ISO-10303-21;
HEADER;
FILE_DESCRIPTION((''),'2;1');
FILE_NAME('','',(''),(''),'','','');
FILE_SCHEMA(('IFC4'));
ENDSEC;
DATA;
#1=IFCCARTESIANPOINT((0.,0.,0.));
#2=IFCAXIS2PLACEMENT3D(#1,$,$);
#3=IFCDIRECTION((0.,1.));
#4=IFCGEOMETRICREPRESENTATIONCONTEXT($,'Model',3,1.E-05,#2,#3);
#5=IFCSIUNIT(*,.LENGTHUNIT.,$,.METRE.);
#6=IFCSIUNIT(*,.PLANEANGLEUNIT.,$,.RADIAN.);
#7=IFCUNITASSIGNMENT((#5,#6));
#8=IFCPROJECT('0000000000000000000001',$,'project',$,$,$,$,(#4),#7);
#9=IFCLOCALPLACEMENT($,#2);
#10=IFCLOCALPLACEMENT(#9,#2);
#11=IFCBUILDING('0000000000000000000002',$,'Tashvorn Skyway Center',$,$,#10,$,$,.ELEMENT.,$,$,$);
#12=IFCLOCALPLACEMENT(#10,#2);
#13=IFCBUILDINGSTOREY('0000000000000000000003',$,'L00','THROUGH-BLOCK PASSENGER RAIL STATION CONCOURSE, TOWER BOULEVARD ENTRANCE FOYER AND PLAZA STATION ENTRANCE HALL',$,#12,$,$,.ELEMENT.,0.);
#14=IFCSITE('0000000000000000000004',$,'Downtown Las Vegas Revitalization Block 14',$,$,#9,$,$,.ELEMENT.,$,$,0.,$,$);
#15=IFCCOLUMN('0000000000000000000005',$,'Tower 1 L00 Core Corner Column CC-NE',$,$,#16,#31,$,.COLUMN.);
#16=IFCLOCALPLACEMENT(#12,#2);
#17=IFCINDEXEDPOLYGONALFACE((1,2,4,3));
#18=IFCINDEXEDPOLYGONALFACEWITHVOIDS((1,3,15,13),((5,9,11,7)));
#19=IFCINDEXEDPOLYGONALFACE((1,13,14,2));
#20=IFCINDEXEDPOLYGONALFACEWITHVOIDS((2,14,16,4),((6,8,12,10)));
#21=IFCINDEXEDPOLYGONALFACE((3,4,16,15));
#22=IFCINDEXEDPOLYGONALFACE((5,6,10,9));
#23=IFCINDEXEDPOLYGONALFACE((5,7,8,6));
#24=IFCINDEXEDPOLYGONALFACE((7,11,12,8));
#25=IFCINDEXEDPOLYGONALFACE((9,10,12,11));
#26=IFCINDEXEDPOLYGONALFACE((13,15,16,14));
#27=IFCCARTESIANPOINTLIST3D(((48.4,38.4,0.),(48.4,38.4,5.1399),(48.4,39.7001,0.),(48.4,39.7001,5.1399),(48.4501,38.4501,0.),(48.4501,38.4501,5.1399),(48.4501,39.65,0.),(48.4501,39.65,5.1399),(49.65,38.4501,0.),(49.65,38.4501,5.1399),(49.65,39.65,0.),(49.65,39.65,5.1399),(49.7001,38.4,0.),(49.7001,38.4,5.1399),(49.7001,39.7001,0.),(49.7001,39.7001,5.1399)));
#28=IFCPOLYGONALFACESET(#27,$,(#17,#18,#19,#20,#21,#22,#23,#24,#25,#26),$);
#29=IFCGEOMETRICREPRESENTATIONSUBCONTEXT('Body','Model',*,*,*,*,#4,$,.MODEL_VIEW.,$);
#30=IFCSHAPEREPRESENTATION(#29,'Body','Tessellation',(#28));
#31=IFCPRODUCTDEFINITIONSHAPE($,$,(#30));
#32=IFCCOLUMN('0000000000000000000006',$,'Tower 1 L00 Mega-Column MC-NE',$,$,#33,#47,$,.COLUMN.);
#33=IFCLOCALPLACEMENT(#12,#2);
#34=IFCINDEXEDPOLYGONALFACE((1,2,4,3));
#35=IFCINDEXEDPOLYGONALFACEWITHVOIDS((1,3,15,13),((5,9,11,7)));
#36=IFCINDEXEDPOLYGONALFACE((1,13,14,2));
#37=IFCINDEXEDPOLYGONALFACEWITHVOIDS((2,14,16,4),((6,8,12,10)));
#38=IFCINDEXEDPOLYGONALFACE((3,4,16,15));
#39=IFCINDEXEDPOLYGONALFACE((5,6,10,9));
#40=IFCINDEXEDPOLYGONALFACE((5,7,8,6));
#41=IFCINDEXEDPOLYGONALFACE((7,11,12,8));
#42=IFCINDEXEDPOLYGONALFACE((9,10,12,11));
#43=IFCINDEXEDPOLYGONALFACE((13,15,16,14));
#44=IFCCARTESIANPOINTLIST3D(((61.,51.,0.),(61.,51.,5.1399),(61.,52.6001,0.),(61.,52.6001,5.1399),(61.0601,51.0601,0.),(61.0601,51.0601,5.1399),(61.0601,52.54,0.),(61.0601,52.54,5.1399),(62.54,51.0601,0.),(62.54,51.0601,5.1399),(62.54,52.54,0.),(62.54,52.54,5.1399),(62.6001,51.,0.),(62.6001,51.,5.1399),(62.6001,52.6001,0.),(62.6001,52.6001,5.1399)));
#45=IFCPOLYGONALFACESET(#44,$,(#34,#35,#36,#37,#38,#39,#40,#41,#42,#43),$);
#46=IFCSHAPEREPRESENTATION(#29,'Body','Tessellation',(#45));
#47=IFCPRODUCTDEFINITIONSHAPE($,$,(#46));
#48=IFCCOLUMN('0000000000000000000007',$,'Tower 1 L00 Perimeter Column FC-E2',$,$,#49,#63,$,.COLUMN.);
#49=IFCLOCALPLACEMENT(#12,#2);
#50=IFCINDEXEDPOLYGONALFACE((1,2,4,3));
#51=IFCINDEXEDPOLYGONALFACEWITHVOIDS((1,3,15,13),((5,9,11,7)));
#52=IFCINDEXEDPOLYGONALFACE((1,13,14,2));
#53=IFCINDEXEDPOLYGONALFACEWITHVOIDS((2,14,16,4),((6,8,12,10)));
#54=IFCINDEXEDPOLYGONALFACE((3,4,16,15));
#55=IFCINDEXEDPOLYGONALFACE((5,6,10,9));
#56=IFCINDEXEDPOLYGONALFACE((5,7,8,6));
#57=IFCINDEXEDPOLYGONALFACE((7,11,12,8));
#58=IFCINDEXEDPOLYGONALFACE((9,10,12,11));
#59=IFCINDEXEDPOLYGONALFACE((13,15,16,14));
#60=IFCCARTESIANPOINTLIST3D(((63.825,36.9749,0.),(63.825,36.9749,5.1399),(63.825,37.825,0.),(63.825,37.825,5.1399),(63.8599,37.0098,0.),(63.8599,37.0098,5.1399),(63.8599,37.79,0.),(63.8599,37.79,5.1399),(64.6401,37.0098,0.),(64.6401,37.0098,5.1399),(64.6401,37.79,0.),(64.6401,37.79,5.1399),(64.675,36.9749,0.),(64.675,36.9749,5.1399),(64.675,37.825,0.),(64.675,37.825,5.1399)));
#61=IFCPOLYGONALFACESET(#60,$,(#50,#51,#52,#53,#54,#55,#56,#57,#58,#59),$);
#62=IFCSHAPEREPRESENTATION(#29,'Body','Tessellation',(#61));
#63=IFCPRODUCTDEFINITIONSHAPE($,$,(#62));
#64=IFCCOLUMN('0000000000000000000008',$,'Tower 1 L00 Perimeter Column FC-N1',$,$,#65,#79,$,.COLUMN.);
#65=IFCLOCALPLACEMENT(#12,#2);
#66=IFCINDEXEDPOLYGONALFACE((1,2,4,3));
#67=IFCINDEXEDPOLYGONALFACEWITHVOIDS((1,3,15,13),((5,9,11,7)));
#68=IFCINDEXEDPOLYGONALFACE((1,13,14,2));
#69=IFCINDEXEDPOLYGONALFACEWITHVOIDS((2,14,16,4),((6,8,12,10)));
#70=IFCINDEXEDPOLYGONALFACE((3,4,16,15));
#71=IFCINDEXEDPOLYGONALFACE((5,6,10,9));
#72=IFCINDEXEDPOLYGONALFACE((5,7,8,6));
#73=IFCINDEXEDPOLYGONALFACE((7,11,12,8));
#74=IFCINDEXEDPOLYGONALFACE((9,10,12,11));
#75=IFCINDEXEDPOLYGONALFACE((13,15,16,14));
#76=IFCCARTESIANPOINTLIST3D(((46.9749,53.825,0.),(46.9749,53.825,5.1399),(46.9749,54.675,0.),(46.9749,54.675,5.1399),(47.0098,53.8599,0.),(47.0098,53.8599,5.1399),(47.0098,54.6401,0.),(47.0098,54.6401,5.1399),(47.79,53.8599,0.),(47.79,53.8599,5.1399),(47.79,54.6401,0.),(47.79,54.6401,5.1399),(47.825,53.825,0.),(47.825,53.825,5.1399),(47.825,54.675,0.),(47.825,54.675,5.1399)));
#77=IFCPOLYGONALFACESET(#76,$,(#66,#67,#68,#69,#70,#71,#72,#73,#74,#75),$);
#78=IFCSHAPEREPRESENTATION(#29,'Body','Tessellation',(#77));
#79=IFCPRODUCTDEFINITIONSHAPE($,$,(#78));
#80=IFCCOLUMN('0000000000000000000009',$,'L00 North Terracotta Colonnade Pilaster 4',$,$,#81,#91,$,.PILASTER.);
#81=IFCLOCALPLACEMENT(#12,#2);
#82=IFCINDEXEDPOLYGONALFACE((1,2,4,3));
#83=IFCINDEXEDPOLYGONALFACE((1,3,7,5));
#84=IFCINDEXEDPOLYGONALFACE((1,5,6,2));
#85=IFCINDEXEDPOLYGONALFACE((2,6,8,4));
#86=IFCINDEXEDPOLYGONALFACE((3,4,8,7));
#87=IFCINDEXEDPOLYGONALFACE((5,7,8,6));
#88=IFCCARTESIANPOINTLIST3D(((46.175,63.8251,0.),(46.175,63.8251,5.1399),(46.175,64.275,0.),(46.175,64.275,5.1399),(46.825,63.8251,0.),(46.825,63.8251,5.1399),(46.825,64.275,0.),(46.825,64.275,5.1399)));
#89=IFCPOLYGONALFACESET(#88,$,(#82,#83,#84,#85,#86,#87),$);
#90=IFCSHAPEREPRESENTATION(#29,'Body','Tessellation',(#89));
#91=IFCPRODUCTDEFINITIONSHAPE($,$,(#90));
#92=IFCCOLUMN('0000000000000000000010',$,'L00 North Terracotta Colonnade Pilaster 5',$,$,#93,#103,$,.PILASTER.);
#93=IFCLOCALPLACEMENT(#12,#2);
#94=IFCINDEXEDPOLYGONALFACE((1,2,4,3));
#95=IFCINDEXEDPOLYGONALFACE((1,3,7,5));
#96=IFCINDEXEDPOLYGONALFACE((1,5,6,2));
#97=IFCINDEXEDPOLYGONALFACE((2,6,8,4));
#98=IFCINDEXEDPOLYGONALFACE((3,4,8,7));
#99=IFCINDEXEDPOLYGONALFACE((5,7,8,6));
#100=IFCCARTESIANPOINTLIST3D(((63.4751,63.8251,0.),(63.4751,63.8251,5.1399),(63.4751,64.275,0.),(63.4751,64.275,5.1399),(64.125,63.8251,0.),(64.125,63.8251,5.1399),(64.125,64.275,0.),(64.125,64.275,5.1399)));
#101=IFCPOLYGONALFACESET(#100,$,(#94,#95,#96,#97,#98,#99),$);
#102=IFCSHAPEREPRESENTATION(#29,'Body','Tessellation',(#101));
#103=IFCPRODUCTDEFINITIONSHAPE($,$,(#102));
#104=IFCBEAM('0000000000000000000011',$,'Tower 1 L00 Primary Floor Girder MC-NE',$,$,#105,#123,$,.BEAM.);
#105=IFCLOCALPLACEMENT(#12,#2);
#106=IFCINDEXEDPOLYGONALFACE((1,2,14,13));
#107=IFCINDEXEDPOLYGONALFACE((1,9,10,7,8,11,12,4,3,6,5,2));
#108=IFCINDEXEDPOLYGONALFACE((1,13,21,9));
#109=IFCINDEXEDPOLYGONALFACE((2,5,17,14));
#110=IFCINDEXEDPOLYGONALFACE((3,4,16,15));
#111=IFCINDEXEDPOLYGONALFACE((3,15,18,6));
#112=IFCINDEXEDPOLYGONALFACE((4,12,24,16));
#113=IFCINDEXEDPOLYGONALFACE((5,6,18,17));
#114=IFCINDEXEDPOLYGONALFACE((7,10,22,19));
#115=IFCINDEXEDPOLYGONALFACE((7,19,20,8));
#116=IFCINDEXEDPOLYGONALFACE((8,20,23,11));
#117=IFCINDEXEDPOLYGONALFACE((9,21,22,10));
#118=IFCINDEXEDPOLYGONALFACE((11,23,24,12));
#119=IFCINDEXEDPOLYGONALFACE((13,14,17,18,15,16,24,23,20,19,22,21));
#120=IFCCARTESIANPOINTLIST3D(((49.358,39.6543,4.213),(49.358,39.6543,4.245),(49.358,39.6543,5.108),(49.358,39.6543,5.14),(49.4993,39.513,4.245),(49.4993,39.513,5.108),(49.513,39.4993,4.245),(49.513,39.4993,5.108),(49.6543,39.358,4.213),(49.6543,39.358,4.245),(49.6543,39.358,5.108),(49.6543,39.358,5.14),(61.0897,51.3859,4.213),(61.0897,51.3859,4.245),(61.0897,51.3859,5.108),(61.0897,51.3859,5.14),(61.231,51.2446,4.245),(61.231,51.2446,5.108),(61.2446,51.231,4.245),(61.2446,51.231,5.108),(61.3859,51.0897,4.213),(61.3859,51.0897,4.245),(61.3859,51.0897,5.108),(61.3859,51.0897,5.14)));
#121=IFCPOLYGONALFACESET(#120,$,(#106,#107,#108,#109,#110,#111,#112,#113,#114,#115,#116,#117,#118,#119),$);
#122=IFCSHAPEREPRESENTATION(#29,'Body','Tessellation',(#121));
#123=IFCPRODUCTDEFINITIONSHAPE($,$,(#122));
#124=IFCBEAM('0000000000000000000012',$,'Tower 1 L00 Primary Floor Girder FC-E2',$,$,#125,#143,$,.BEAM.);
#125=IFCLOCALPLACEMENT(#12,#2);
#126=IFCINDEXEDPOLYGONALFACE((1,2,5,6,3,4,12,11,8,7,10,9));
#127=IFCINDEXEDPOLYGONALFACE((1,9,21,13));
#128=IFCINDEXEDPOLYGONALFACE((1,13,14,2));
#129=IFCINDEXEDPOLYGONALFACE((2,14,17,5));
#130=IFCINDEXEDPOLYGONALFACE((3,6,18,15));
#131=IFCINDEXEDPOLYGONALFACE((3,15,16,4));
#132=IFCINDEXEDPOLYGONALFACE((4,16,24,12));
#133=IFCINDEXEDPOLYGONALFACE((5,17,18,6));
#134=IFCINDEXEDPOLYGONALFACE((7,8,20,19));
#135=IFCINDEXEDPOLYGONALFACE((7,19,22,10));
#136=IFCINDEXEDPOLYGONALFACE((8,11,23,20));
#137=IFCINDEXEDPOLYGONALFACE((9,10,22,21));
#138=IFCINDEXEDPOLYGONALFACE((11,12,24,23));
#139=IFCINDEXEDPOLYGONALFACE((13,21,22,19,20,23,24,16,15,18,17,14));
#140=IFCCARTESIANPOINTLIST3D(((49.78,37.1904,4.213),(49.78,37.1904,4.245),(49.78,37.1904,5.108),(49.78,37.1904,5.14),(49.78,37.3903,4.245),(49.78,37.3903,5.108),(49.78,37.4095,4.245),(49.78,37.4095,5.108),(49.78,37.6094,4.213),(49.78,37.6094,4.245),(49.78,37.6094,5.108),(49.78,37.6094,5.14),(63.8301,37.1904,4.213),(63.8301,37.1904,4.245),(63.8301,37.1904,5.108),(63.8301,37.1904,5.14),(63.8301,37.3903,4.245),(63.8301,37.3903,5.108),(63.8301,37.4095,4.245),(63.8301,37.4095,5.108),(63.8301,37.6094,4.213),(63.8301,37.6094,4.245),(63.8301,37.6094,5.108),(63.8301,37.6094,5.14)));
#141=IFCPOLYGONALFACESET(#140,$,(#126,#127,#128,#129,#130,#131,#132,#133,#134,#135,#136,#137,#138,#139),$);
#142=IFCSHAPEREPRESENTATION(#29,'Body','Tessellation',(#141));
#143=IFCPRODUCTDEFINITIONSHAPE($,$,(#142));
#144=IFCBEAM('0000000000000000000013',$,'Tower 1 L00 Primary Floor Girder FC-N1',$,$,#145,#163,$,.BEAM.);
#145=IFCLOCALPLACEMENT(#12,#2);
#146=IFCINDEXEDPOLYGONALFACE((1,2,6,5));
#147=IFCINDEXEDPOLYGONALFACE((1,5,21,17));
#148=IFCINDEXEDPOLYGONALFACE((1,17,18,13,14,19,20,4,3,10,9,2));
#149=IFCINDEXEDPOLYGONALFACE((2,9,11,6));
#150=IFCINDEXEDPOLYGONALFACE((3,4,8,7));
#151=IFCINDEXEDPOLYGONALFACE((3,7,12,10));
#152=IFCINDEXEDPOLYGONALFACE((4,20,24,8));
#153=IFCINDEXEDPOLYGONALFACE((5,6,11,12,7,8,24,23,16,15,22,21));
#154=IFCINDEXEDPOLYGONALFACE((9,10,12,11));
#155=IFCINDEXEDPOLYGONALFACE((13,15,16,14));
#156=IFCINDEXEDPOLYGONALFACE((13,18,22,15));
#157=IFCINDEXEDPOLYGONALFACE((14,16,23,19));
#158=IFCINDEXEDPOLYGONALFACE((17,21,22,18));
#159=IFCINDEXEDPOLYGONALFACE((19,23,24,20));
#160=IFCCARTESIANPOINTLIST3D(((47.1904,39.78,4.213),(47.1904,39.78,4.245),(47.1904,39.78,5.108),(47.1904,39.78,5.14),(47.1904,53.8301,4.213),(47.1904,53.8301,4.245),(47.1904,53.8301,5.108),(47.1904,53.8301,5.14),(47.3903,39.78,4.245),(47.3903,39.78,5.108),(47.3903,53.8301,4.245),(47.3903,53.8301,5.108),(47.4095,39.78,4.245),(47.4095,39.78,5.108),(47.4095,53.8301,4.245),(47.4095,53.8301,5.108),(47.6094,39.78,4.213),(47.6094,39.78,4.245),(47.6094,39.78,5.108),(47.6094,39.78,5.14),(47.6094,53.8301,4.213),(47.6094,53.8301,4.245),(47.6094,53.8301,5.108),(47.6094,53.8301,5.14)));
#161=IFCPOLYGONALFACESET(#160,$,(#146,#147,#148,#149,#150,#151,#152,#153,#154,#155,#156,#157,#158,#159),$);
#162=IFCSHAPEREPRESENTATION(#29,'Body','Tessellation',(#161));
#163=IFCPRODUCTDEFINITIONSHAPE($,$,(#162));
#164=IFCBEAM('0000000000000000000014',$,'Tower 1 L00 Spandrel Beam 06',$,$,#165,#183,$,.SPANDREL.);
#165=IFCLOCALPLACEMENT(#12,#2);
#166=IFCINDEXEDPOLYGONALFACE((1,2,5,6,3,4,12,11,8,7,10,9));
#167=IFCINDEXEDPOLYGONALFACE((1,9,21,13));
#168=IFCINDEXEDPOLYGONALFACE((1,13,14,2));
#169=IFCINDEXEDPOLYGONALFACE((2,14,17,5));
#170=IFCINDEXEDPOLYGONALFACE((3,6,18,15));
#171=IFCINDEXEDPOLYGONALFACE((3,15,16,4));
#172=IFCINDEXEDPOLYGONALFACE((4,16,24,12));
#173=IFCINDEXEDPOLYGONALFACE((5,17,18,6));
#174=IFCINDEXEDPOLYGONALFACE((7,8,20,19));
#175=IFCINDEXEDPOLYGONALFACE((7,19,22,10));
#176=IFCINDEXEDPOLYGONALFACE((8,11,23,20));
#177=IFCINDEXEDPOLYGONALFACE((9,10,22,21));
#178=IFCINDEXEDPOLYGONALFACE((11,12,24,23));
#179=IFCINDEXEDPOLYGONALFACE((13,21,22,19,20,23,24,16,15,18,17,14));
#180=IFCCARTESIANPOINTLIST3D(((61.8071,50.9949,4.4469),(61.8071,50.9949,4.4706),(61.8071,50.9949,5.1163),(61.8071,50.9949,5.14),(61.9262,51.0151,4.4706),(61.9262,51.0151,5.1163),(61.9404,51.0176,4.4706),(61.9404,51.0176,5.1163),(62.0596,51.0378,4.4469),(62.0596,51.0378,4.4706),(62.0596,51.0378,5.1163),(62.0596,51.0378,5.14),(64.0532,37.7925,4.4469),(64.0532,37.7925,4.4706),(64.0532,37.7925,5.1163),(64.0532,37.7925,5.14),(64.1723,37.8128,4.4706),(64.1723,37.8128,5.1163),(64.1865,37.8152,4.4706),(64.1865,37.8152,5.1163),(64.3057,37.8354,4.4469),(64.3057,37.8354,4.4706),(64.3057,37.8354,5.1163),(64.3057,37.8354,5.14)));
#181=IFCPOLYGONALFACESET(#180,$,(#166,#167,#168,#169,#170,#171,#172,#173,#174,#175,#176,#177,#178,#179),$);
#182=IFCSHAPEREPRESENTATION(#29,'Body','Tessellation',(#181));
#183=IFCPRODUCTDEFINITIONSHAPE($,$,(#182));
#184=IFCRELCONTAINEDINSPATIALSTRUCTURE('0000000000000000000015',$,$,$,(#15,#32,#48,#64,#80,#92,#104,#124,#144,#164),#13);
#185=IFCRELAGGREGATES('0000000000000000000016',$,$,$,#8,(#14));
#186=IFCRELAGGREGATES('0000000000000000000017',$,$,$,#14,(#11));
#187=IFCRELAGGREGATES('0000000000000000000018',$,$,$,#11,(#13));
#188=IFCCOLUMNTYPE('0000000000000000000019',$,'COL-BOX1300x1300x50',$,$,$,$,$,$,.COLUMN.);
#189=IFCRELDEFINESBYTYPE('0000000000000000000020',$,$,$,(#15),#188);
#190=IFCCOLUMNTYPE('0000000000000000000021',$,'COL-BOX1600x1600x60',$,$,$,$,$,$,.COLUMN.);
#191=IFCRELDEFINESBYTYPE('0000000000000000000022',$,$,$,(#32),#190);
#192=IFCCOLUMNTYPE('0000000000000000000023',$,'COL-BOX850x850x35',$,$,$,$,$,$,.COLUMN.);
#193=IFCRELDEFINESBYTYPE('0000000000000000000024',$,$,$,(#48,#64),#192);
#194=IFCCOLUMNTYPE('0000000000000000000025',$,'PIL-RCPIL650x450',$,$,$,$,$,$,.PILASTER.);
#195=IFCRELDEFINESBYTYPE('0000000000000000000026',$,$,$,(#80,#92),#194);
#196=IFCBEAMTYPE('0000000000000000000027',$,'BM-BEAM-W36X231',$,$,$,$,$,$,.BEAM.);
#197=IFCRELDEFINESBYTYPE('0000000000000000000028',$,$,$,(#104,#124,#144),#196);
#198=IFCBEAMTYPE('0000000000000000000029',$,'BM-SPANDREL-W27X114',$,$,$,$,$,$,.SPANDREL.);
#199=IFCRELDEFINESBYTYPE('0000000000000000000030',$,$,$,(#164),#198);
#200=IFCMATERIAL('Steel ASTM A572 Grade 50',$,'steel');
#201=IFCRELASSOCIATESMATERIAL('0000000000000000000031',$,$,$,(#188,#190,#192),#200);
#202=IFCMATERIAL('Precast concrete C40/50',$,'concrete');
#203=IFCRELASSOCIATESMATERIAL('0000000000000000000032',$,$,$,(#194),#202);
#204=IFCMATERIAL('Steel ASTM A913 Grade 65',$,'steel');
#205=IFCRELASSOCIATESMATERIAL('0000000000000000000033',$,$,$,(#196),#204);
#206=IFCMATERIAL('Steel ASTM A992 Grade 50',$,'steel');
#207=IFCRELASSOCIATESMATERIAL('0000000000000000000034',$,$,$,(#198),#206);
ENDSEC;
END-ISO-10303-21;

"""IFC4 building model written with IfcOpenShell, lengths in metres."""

from ifc_helpers import new_model, si_unit, direction, frame, origin, origin_2d, place, context, subcontext, project, spatial, rectangle, hollow_rectangle, i_section, extrude, material, material_profile, profile_set, type_object, element, save


model = new_model("IFC4")

# Units and contexts
model_context = context("Model", 3, precision=1e-05, world=origin(), true_north=direction((0.0, 1.0)))
body_context = subcontext(model_context, "Body", "Model", "MODEL_VIEW")
ifc_project = project(units=[si_unit("LENGTHUNIT", "METRE"), si_unit("PLANEANGLEUNIT", "RADIAN")], contexts=[model_context])

# Site, building, storey
site_placement = place(None, origin())
site = spatial("IfcSite", under=ifc_project, at=site_placement, Name="Downtown Las Vegas Revitalization Block 14", CompositionType="ELEMENT", RefElevation=0.0)
building_placement = place(site_placement, origin())
building = spatial("IfcBuilding", under=site, at=building_placement, Name="Tashvorn Skyway Center", CompositionType="ELEMENT")
storey_placement = place(building_placement, origin())
storey = spatial("IfcBuildingStorey", under=building, at=storey_placement, Name="L00", Description="THROUGH-BLOCK PASSENGER RAIL STATION CONCOURSE, TOWER BOULEVARD ENTRANCE FOYER AND PLAZA STATION ENTRANCE HALL", CompositionType="ELEMENT", Elevation=0.0)

# Columns
ifc_material_1 = material(Name="Steel ASTM A572 Grade 50", Category="steel")
ifc_material_profile_1 = material_profile(ifc_material_1, hollow_rectangle(XDim=1.3, YDim=1.3, WallThickness=0.05, at=origin_2d()), Name="BOX1300x1300x50")
ifc_profile_set_1 = profile_set([ifc_material_profile_1], Name="Steel ASTM A572 Grade 50")
column_type_1 = type_object("IfcColumnType", Name="COL-BOX1300x1300x50", PredefinedType="COLUMN", material=ifc_profile_set_1)
column_1_placement = place(storey_placement, frame((49.05, 39.05, 0.0), z_axis=(0.0, 0.0, 1.0), x_axis=(1.0, 0.0, 0.0)))
element("IfcColumn", 1, at=column_1_placement, inside=storey, type_object=column_type_1, Name="Tower 1 L00 Core Corner Column CC-NE", PredefinedType="COLUMN", context=body_context, shape_type="SweptSolid", body=[
    extrude(hollow_rectangle(XDim=1.3, YDim=1.3, WallThickness=0.05, at=origin_2d()), origin(), (0.0, 0.0, 1.0), 5.1399),
])
ifc_material_profile_2 = material_profile(ifc_material_1, hollow_rectangle(XDim=1.6001, YDim=1.6001, WallThickness=0.0601, at=origin_2d()), Name="BOX1600x1600x60")
ifc_profile_set_2 = profile_set([ifc_material_profile_2], Name="Steel ASTM A572 Grade 50")
column_type_2 = type_object("IfcColumnType", Name="COL-BOX1600x1600x60", PredefinedType="COLUMN", material=ifc_profile_set_2)
column_2_placement = place(storey_placement, frame((61.8, 51.8, 0.0), z_axis=(0.0, 0.0, 1.0), x_axis=(1.0, 0.0, 0.0)))
element("IfcColumn", 2, at=column_2_placement, inside=storey, type_object=column_type_2, Name="Tower 1 L00 Mega-Column MC-NE", PredefinedType="COLUMN", context=body_context, shape_type="SweptSolid", body=[
    extrude(hollow_rectangle(XDim=1.6001, YDim=1.6001, WallThickness=0.0601, at=origin_2d()), origin(), (0.0, 0.0, 1.0), 5.1399),
])
ifc_material_profile_3 = material_profile(ifc_material_1, hollow_rectangle(XDim=0.8501, YDim=0.8501, WallThickness=0.0349, at=origin_2d()), Name="BOX850x850x35")
ifc_profile_set_3 = profile_set([ifc_material_profile_3], Name="Steel ASTM A572 Grade 50")
column_type_3 = type_object("IfcColumnType", Name="COL-BOX850x850x35", PredefinedType="COLUMN", material=ifc_profile_set_3)
for number, where, z_axis, x_axis, name in (
    (3, (64.25, 37.3999, 0.0), (0.0, 0.0, 1.0), (1.0, 0.0, 0.0), "Tower 1 L00 Perimeter Column FC-E2"),
    (4, (47.3999, 54.25, 0.0), (0.0, 0.0, 1.0), (1.0, 0.0, 0.0), "Tower 1 L00 Perimeter Column FC-N1"),
):
    element("IfcColumn", number, at=place(storey_placement, frame(where, z_axis=z_axis, x_axis=x_axis)), inside=storey, type_object=column_type_3, Name=name, PredefinedType="COLUMN", context=body_context, shape_type="SweptSolid", body=[
        extrude(hollow_rectangle(XDim=0.8501, YDim=0.8501, WallThickness=0.0349, at=origin_2d()), origin(), (0.0, 0.0, 1.0), 5.1399),
    ])
ifc_material_2 = material(Name="Precast concrete C40/50", Category="concrete")
ifc_material_profile_4 = material_profile(ifc_material_2, rectangle(XDim=0.6499, YDim=0.45, at=origin_2d()), Name="RCPIL650x450")
ifc_profile_set_4 = profile_set([ifc_material_profile_4], Name="Precast concrete C40/50")
column_type_4 = type_object("IfcColumnType", Name="PIL-RCPIL650x450", PredefinedType="PILASTER", material=ifc_profile_set_4)
for number, where, z_axis, x_axis, name in (
    (5, (46.5, 64.05, 0.0), (0.0, 0.0, 1.0), (1.0, 0.0, 0.0), "L00 North Terracotta Colonnade Pilaster 4"),
    (6, (63.8, 64.05, 0.0), (0.0, 0.0, 1.0), (1.0, 0.0, 0.0), "L00 North Terracotta Colonnade Pilaster 5"),
):
    element("IfcColumn", number, at=place(storey_placement, frame(where, z_axis=z_axis, x_axis=x_axis)), inside=storey, type_object=column_type_4, Name=name, PredefinedType="PILASTER", context=body_context, shape_type="SweptSolid", body=[
        extrude(rectangle(XDim=0.6499, YDim=0.45, at=origin_2d()), origin(), (0.0, 0.0, 1.0), 5.1399),
    ])

# Beams
ifc_material_3 = material(Name="Steel ASTM A913 Grade 65", Category="steel")
ifc_material_profile_5 = material_profile(ifc_material_3, i_section(OverallWidth=0.4189, OverallDepth=0.927, WebThickness=0.0193, FlangeThickness=0.032, at=origin_2d()), Name="W36X231")
ifc_profile_set_5 = profile_set([ifc_material_profile_5], Name="Steel ASTM A913 Grade 65")
beam_type_1 = type_object("IfcBeamType", Name="BM-BEAM-W36X231", PredefinedType="BEAM", material=ifc_profile_set_5)
beam_1_placement = place(storey_placement, frame((61.2378, 51.2378, 4.6765), z_axis=(-0.707107, -0.707107, 0.0), x_axis=(0.707107, -0.707107, 0.0)))
element("IfcBeam", 7, at=beam_1_placement, inside=storey, type_object=beam_type_1, Name="Tower 1 L00 Primary Floor Girder MC-NE", PredefinedType="BEAM", context=body_context, shape_type="SweptSolid", body=[
    extrude(i_section(OverallWidth=0.4189, OverallDepth=0.927, WebThickness=0.0193, FlangeThickness=0.032, at=origin_2d()), origin(), (0.0, 0.0, 1.0), 16.5911),
])
for number, where, z_axis, x_axis, name in (
    (8, (63.8301, 37.3999, 4.6765), (-1.0, 0.0, 0.0), (0.0, -1.0, 0.0), "Tower 1 L00 Primary Floor Girder FC-E2"),
    (9, (47.3999, 53.8301, 4.6765), (0.0, -1.0, 0.0), (1.0, 0.0, 0.0), "Tower 1 L00 Primary Floor Girder FC-N1"),
):
    element("IfcBeam", number, at=place(storey_placement, frame(where, z_axis=z_axis, x_axis=x_axis)), inside=storey, type_object=beam_type_1, Name=name, PredefinedType="BEAM", context=body_context, shape_type="SweptSolid", body=[
        extrude(i_section(OverallWidth=0.4189, OverallDepth=0.927, WebThickness=0.0193, FlangeThickness=0.032, at=origin_2d()), origin(), (0.0, 0.0, 1.0), 14.05),
    ])
ifc_material_4 = material(Name="Steel ASTM A992 Grade 50", Category="steel")
ifc_material_profile_6 = material_profile(ifc_material_4, i_section(OverallWidth=0.2561, OverallDepth=0.6931, WebThickness=0.0144, FlangeThickness=0.0237, at=origin_2d()), Name="W27X114")
ifc_profile_set_6 = profile_set([ifc_material_profile_6], Name="Steel ASTM A992 Grade 50")
beam_type_2 = type_object("IfcBeamType", Name="BM-SPANDREL-W27X114", PredefinedType="SPANDREL", material=ifc_profile_set_6)
for number, where, z_axis, x_axis, name in (
    (10, (64.1794, 37.814, 4.7935), (-0.167718, 0.985835, 0.0), (-0.985835, -0.167718, 0.0), "Tower 1 L00 Spandrel Beam 06"),
):
    element("IfcBeam", number, at=place(storey_placement, frame(where, z_axis=z_axis, x_axis=x_axis)), inside=storey, type_object=beam_type_2, Name=name, PredefinedType="SPANDREL", context=body_context, shape_type="SweptSolid", body=[
        extrude(i_section(OverallWidth=0.2561, OverallDepth=0.6931, WebThickness=0.0144, FlangeThickness=0.0237, at=origin_2d()), origin(), (0.0, 0.0, 1.0), 13.3921),
    ])

save(model, "model.ifc")
